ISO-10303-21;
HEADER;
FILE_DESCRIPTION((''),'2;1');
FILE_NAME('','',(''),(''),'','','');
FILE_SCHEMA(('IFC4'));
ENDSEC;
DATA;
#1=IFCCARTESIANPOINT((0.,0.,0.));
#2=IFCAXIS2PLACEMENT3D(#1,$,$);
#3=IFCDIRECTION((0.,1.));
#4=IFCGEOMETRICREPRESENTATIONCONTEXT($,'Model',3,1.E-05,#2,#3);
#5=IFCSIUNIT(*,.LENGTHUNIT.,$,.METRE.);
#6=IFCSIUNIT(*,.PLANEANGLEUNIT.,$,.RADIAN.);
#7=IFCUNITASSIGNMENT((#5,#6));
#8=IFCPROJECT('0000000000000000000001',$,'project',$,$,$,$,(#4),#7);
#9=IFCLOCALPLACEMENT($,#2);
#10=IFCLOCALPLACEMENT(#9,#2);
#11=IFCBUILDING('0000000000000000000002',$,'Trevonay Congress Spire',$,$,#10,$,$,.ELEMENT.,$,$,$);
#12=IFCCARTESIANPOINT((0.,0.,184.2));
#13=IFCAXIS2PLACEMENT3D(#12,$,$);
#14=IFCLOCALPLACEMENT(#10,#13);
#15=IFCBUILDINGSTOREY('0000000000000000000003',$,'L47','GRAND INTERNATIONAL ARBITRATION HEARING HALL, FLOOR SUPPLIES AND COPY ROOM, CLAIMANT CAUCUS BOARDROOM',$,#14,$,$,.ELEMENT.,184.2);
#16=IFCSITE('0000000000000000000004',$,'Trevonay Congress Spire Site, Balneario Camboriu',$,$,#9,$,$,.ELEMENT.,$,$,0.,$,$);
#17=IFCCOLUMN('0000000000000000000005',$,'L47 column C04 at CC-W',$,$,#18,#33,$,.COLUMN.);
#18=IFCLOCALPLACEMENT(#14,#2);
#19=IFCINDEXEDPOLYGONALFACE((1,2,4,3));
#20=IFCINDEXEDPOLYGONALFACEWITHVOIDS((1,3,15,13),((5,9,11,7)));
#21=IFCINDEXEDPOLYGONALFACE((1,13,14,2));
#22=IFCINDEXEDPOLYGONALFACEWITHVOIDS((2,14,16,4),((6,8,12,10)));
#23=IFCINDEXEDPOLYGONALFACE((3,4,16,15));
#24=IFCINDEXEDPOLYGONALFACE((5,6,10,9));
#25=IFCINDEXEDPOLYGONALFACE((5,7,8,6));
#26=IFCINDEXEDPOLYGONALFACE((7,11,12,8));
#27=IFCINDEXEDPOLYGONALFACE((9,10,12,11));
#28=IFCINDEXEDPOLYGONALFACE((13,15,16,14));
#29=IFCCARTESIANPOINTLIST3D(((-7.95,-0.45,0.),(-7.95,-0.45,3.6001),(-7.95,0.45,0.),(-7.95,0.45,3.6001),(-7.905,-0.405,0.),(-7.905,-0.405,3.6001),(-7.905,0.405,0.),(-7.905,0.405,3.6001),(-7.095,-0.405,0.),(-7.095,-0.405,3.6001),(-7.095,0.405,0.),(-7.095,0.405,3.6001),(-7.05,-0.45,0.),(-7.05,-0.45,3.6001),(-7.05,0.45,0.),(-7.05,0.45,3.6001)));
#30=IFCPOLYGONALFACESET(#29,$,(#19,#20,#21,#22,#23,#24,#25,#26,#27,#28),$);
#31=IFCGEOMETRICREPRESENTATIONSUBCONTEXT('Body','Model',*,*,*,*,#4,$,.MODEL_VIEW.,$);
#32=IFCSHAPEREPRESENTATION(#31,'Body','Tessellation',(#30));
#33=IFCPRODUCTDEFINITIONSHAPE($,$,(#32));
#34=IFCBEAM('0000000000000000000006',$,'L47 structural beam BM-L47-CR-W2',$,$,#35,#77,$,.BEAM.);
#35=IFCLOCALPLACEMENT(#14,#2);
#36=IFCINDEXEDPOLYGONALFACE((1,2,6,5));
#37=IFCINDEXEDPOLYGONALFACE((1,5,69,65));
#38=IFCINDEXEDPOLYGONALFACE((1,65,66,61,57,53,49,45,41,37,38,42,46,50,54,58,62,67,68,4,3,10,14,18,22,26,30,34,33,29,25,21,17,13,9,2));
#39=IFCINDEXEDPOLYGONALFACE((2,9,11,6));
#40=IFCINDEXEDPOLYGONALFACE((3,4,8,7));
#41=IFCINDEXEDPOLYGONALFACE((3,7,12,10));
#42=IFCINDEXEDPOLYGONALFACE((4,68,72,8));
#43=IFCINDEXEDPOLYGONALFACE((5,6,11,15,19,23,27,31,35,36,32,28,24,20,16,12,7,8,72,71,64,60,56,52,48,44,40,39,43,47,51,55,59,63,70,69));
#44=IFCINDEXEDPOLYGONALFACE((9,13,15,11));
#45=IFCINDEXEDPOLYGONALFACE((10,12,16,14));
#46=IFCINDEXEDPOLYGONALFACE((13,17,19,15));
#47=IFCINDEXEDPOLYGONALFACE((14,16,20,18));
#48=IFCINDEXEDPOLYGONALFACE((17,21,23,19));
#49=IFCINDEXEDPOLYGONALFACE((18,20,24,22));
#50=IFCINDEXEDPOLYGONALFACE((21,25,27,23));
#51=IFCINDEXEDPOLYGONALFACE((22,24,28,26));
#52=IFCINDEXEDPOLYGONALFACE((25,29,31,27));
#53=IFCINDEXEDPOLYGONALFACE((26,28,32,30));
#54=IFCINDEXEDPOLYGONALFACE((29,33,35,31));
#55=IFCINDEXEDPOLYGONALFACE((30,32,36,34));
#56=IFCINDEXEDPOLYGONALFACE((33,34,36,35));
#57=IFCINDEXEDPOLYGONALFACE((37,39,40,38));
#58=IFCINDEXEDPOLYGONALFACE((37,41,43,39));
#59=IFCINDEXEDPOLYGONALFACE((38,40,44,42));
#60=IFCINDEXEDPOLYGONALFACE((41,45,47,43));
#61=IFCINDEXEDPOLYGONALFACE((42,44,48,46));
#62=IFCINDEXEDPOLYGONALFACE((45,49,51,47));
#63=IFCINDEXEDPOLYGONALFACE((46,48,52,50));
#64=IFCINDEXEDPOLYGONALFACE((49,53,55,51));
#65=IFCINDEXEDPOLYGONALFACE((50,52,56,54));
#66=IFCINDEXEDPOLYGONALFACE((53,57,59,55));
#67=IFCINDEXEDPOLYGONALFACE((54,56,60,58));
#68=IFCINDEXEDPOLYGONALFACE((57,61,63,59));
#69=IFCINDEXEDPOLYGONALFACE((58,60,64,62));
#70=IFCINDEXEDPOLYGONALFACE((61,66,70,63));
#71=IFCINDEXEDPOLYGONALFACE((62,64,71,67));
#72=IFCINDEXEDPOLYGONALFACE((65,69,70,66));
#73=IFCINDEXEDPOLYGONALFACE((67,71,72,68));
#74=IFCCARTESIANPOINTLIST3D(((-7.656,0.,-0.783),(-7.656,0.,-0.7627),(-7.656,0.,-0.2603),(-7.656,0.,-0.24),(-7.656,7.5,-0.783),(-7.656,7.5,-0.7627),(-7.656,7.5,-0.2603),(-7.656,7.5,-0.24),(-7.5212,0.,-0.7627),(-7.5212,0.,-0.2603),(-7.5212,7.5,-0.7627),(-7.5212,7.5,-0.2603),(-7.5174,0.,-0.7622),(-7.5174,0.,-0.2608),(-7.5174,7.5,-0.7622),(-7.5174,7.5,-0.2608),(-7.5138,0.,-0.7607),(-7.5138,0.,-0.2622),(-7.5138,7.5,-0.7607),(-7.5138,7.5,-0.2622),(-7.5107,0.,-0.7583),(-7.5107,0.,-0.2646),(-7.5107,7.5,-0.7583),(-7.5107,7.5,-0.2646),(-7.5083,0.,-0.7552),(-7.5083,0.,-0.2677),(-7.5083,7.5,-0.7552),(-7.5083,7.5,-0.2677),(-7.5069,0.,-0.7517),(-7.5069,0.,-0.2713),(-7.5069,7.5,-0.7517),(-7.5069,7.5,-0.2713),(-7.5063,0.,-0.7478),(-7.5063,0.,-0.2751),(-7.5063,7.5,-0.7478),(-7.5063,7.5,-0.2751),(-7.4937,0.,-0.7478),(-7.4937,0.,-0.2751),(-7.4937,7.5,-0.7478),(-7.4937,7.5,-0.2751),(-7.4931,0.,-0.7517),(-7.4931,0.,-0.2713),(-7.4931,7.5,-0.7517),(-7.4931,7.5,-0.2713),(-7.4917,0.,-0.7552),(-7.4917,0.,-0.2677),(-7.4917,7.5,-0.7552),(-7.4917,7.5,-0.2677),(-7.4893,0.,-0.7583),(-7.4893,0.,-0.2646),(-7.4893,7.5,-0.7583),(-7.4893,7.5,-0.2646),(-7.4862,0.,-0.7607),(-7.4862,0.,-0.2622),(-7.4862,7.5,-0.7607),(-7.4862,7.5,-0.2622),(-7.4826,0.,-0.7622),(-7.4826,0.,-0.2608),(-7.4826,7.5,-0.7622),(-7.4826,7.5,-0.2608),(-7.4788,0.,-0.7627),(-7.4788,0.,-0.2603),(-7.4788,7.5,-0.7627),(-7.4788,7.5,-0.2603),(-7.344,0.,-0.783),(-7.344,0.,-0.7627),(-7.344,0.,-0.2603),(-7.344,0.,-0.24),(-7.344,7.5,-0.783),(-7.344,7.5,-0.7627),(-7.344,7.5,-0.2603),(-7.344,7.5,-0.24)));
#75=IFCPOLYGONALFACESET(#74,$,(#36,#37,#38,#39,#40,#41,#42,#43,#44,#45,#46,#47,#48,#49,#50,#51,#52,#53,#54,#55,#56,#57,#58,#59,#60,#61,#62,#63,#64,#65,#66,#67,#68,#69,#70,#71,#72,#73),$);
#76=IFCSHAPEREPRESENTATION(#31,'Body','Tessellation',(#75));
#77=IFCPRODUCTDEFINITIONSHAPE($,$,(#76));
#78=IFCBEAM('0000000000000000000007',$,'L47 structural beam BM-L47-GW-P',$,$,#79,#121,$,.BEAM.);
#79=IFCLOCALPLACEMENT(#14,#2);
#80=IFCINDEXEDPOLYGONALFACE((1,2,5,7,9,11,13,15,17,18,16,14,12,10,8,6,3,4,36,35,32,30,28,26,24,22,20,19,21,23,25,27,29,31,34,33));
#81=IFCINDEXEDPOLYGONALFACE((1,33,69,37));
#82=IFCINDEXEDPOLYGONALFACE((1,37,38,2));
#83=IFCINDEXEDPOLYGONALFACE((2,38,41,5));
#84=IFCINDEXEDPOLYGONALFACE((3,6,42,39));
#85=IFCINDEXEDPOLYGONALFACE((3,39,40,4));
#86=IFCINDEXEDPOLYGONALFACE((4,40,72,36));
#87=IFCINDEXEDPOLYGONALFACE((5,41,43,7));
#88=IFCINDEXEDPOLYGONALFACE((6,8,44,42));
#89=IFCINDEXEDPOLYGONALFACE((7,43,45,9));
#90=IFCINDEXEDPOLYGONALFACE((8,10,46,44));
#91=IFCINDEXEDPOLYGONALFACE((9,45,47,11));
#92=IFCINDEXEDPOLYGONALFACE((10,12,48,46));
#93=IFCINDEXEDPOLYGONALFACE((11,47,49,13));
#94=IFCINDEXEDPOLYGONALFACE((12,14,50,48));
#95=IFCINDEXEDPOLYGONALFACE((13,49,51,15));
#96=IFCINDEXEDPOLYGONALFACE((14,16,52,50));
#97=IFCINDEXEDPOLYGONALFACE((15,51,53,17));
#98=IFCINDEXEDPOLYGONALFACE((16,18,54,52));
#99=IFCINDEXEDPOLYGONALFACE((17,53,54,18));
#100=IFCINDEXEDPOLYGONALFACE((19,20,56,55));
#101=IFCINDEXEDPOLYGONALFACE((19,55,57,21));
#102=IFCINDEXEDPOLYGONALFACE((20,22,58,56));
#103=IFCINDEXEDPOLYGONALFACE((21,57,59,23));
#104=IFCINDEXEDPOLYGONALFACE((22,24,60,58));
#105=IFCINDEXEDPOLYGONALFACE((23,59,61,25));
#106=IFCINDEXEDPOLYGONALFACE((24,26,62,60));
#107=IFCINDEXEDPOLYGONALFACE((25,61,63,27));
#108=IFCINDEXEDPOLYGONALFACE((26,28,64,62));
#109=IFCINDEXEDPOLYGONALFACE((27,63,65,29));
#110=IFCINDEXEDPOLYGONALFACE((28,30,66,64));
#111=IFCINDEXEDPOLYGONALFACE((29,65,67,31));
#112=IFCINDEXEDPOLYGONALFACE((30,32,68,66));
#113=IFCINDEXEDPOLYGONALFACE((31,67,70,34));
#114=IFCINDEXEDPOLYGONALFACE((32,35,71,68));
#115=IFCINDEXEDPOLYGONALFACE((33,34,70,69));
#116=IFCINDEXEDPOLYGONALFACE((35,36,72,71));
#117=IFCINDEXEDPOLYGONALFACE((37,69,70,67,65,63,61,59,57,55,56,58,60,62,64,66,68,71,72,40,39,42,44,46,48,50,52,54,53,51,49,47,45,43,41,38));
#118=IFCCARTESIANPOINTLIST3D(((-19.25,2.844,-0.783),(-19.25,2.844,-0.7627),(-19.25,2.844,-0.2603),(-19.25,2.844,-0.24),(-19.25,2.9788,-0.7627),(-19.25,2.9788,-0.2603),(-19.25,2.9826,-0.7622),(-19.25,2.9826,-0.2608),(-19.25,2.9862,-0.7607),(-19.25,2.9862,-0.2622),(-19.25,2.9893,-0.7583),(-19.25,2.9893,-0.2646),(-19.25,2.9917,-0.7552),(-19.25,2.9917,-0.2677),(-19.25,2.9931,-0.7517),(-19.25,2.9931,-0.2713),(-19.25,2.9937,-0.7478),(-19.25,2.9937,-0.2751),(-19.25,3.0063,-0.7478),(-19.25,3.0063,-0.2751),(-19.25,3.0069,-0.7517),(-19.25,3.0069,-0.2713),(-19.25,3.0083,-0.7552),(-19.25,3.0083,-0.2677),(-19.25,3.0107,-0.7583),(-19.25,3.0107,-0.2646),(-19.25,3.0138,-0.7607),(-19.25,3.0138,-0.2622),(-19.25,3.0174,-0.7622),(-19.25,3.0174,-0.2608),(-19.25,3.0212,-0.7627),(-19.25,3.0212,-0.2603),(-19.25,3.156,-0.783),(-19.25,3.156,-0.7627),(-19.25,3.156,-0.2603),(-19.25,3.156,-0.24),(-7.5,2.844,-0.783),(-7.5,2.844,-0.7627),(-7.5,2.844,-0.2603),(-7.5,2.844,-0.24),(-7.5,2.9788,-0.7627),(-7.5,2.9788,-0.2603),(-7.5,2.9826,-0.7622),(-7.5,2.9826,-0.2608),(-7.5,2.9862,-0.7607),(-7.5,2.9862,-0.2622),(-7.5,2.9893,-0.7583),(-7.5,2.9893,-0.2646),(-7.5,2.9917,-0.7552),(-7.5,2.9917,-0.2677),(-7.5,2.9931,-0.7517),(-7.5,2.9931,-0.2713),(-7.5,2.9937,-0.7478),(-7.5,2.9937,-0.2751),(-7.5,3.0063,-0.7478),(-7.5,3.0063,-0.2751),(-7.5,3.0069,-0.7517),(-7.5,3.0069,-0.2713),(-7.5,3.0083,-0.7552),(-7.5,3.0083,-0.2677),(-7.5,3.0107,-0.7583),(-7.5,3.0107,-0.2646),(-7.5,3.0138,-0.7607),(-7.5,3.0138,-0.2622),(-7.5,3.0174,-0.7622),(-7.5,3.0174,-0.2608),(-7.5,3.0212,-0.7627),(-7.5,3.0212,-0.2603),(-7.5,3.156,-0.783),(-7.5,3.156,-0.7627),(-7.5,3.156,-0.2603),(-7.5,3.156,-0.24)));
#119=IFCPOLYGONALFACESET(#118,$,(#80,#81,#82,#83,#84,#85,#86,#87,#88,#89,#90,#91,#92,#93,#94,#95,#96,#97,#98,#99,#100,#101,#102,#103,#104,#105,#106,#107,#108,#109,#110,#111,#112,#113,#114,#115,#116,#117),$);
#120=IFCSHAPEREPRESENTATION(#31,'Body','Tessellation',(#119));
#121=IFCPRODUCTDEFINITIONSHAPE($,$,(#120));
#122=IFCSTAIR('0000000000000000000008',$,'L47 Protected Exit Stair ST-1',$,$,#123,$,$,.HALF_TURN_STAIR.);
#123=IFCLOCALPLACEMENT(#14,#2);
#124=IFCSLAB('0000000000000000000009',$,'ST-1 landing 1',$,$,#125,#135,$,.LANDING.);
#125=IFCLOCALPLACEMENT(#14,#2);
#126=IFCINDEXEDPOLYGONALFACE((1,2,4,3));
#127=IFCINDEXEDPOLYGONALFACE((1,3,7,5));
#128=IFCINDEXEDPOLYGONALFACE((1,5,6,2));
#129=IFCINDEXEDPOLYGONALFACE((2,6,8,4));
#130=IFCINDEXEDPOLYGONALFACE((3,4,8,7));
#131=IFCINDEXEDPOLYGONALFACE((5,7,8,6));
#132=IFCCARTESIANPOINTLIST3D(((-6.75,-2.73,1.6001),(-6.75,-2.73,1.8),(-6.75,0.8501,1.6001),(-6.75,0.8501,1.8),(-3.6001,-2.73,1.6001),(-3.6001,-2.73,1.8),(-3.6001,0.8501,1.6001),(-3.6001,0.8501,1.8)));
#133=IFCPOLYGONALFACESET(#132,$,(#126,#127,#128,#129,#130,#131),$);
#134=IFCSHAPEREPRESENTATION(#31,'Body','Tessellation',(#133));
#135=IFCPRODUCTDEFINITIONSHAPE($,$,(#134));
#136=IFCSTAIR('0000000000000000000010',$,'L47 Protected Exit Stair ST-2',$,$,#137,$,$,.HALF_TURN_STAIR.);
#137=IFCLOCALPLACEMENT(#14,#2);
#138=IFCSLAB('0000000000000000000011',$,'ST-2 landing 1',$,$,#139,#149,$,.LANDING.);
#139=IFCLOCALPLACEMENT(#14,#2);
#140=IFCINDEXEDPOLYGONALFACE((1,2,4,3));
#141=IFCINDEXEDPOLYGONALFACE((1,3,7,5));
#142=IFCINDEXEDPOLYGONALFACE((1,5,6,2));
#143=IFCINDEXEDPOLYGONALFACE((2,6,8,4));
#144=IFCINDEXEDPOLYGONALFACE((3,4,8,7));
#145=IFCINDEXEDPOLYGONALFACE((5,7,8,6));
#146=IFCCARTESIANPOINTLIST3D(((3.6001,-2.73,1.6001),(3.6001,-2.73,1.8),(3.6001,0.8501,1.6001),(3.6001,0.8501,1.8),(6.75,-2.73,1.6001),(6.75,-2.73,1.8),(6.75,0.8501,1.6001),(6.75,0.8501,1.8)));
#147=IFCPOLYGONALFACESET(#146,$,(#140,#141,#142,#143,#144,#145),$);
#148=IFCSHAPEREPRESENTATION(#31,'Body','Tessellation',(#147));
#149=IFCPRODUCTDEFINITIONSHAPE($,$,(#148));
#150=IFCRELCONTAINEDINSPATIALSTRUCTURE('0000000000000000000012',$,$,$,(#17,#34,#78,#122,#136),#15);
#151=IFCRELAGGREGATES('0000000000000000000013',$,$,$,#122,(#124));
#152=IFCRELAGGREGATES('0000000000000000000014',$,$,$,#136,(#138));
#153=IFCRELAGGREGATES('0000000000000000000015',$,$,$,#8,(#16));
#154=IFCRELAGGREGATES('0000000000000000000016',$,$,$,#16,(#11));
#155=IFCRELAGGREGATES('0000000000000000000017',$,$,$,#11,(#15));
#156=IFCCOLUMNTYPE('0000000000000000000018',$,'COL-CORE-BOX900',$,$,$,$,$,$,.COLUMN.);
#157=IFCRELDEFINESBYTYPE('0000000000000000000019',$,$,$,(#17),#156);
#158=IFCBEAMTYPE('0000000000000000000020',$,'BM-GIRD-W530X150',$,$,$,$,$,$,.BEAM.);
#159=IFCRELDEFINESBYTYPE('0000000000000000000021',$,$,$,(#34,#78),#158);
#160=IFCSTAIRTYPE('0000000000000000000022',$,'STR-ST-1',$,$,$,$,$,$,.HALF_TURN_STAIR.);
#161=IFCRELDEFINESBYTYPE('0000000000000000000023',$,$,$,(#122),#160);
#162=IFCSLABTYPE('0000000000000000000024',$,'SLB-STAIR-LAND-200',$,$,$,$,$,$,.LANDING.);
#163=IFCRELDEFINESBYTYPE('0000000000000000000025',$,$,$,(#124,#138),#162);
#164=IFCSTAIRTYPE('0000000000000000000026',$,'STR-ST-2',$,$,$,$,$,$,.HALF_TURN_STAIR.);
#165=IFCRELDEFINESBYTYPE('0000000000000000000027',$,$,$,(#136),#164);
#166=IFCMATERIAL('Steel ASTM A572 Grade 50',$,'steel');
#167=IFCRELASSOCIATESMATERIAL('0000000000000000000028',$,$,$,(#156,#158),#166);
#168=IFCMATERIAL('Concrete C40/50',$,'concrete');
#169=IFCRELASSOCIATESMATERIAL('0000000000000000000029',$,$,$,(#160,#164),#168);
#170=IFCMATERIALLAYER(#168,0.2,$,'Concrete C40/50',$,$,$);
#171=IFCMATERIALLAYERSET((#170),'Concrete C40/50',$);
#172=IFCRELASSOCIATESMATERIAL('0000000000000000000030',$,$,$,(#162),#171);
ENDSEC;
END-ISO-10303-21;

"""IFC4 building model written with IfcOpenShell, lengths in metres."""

from ifc_helpers import new_model, si_unit, direction, frame, origin, origin_2d, place, context, subcontext, project, spatial, polyline, hollow_rectangle, i_section, outline, extrude, material, layer, layer_set, material_profile, profile_set, type_object, element, aggregate, save


model = new_model("IFC4")

# Units and contexts
model_context = context("Model", 3, precision=1e-05, world=origin(), true_north=direction((0.0, 1.0)))
body_context = subcontext(model_context, "Body", "Model", "MODEL_VIEW")
ifc_project = project(units=[si_unit("LENGTHUNIT", "METRE"), si_unit("PLANEANGLEUNIT", "RADIAN")], contexts=[model_context])

# Site, building, storey
site_placement = place(None, origin())
site = spatial("IfcSite", under=ifc_project, at=site_placement, Name="Trevonay Congress Spire Site, Balneario Camboriu", CompositionType="ELEMENT", RefElevation=0.0)
building_placement = place(site_placement, origin())
building = spatial("IfcBuilding", under=site, at=building_placement, Name="Trevonay Congress Spire", CompositionType="ELEMENT")
storey_placement = place(building_placement, frame((0.0, 0.0, 184.2)))
storey = spatial("IfcBuildingStorey", under=building, at=storey_placement, Name="L47", Description="GRAND INTERNATIONAL ARBITRATION HEARING HALL, FLOOR SUPPLIES AND COPY ROOM, CLAIMANT CAUCUS BOARDROOM", CompositionType="ELEMENT", Elevation=184.2)

# Column
ifc_material_1 = material(Name="Steel ASTM A572 Grade 50", Category="steel")
ifc_material_profile_1 = material_profile(ifc_material_1, hollow_rectangle(XDim=0.8999, YDim=0.8999, WallThickness=0.0449, at=origin_2d()), Name="BOX 900x900x45")
ifc_profile_set_1 = profile_set([ifc_material_profile_1], Name="Steel ASTM A572 Grade 50")
column_type = type_object("IfcColumnType", Name="COL-CORE-BOX900", PredefinedType="COLUMN", material=ifc_profile_set_1)
column_placement = place(storey_placement, frame((-7.5, 0.0, 0.0), z_axis=(0.0, 0.0, 1.0), x_axis=(1.0, 0.0, 0.0)))
element("IfcColumn", 1, at=column_placement, inside=storey, type_object=column_type, Name="L47 column C04 at CC-W", PredefinedType="COLUMN", context=body_context, shape_type="SweptSolid", body=[
    extrude(hollow_rectangle(XDim=0.8999, YDim=0.8999, WallThickness=0.0449, at=origin_2d()), origin(), (0.0, 0.0, 1.0), 3.6001),
])

# Beams
ifc_material_profile_2 = material_profile(ifc_material_1, i_section(OverallWidth=0.312, OverallDepth=0.543, WebThickness=0.0127, FlangeThickness=0.0203, FilletRadius=0.0149, at=origin_2d()), Name="W530x150")
ifc_profile_set_2 = profile_set([ifc_material_profile_2], Name="Steel ASTM A572 Grade 50")
beam_type = type_object("IfcBeamType", Name="BM-GIRD-W530X150", PredefinedType="BEAM", material=ifc_profile_set_2)
beam_1_placement = place(storey_placement, frame((-7.5, 0.0, -0.5115), z_axis=(0.0, 1.0, 0.0), x_axis=(-1.0, 0.0, 0.0)))
element("IfcBeam", 2, at=beam_1_placement, inside=storey, type_object=beam_type, Name="L47 structural beam BM-L47-CR-W2", PredefinedType="BEAM", context=body_context, shape_type="SweptSolid", body=[
    extrude(i_section(OverallWidth=0.312, OverallDepth=0.543, WebThickness=0.0127, FlangeThickness=0.0203, FilletRadius=0.0149, at=origin_2d()), origin(), (0.0, 0.0, 1.0), 7.5),
])
beam_2_placement = place(storey_placement, frame((-7.5, 3.0, -0.5115), z_axis=(-1.0, 0.0, 0.0), x_axis=(0.0, -1.0, 0.0)))
element("IfcBeam", 3, at=beam_2_placement, inside=storey, type_object=beam_type, Name="L47 structural beam BM-L47-GW-P", PredefinedType="BEAM", context=body_context, shape_type="SweptSolid", body=[
    extrude(i_section(OverallWidth=0.312, OverallDepth=0.543, WebThickness=0.0127, FlangeThickness=0.0203, FilletRadius=0.0149, at=origin_2d()), origin(), (0.0, 0.0, 1.0), 11.75),
])

# Stairs, slabs
ifc_material_2 = material(Name="Concrete C40/50", Category="concrete")
stair_type_1 = type_object("IfcStairType", Name="STR-ST-1", PredefinedType="HALF_TURN_STAIR", material=ifc_material_2)
stair_1_placement = place(storey_placement, origin())
stair_1 = element("IfcStair", 4, at=stair_1_placement, inside=storey, type_object=stair_type_1, Name="L47 Protected Exit Stair ST-1", PredefinedType="HALF_TURN_STAIR")
ifc_layer_1 = layer(ifc_material_2, 0.2, Name="Concrete C40/50")
ifc_layer_set_1 = layer_set([ifc_layer_1], Name="Concrete C40/50")
slab_type_1 = type_object("IfcSlabType", Name="SLB-STAIR-LAND-200", PredefinedType="LANDING", material=ifc_layer_set_1)
slab_1_placement = place(storey_placement, frame((0.0, 0.0, 1.6001)))
slab_1 = element("IfcSlab", 5, at=slab_1_placement, type_object=slab_type_1, Name="ST-1 landing 1", PredefinedType="LANDING", context=body_context, shape_type="SweptSolid", body=[
    extrude(outline(polyline([(-3.6001, -2.73), (-3.6001, 0.8501), (-6.75, 0.8501), (-6.75, -2.73), (-3.6001, -2.73)])), origin(), (0.0, 0.0, 1.0), 0.2),
])
aggregate(stair_1, [slab_1])
stair_type_2 = type_object("IfcStairType", Name="STR-ST-2", PredefinedType="HALF_TURN_STAIR", material=ifc_material_2)
stair_2_placement = place(storey_placement, origin())
stair_2 = element("IfcStair", 6, at=stair_2_placement, inside=storey, type_object=stair_type_2, Name="L47 Protected Exit Stair ST-2", PredefinedType="HALF_TURN_STAIR")
slab_2_placement = place(storey_placement, frame((0.0, 0.0, 1.6001)))
slab_2 = element("IfcSlab", 7, at=slab_2_placement, type_object=slab_type_1, Name="ST-2 landing 1", PredefinedType="LANDING", context=body_context, shape_type="SweptSolid", body=[
    extrude(outline(polyline([(6.75, -2.73), (6.75, 0.8501), (3.6001, 0.8501), (3.6001, -2.73), (6.75, -2.73)])), origin(), (0.0, 0.0, 1.0), 0.2),
])
aggregate(stair_2, [slab_2])

save(model, "model.ifc")
